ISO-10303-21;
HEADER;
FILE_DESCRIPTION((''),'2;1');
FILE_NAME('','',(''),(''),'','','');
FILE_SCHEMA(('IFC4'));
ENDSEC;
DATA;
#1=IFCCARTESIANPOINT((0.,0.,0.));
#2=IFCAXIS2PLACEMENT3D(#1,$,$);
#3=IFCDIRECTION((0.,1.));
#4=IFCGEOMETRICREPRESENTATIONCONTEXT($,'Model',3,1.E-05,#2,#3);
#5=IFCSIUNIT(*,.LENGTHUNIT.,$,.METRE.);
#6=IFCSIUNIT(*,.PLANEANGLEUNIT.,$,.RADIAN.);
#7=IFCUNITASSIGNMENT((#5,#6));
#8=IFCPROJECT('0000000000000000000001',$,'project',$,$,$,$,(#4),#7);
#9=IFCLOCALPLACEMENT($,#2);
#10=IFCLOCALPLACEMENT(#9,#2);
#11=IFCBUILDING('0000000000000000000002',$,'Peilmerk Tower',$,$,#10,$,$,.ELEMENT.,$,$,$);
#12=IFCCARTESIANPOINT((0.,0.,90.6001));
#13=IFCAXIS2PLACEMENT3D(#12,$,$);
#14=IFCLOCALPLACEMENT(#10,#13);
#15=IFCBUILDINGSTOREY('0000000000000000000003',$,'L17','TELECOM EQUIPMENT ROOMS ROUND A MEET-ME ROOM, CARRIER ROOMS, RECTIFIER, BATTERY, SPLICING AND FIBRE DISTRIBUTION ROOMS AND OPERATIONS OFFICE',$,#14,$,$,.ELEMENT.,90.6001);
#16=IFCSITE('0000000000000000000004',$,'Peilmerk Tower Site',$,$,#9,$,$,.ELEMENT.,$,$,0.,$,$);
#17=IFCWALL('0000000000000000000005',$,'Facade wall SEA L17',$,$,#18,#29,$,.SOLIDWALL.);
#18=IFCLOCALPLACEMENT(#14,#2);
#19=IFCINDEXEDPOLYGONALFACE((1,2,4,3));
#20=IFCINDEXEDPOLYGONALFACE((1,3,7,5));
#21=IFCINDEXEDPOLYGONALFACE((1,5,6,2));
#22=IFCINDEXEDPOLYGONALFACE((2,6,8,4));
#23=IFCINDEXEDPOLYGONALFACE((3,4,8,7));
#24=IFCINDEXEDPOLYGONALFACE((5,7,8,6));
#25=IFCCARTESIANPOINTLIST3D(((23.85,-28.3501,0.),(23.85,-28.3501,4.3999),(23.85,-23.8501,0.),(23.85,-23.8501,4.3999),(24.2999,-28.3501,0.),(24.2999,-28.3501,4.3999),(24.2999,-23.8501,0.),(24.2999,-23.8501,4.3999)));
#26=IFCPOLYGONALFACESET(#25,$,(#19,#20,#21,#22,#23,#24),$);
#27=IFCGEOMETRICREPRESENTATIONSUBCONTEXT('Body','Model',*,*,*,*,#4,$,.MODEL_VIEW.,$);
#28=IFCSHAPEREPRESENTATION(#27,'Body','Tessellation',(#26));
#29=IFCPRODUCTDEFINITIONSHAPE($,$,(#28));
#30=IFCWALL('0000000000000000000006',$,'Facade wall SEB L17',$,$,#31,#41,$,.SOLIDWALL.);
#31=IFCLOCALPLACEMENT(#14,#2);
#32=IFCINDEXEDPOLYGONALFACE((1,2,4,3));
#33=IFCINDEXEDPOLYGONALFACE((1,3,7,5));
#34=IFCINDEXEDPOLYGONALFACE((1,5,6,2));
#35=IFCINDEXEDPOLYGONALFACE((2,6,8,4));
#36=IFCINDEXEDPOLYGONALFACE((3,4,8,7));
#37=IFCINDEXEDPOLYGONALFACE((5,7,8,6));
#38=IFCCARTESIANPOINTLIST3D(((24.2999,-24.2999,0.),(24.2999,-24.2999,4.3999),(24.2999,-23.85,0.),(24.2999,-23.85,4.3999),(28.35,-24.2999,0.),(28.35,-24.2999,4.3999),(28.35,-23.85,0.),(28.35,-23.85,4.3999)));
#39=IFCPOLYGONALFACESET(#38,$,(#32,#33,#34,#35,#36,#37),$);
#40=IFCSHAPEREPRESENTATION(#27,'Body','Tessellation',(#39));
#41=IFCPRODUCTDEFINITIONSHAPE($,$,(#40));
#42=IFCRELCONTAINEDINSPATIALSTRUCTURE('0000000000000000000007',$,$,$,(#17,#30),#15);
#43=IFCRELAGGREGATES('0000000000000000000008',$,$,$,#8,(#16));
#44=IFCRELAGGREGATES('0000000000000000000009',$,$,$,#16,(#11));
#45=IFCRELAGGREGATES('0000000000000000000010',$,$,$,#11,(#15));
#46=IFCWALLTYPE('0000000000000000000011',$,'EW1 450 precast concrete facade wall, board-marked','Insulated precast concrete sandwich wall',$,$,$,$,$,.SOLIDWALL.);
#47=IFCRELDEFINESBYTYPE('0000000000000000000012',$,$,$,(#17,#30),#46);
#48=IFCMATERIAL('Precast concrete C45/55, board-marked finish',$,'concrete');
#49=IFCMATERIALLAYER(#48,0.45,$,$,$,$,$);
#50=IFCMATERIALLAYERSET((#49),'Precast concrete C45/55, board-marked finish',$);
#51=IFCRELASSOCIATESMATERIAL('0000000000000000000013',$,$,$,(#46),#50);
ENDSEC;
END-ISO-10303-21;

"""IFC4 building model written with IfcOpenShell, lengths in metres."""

from ifc_helpers import new_model, si_unit, direction, frame, frame_2d, origin, place, context, subcontext, project, spatial, rectangle, extrude, material, layer, layer_set, type_object, element, save


model = new_model("IFC4")

# Units and contexts
model_context = context("Model", 3, precision=1e-05, world=origin(), true_north=direction((0.0, 1.0)))
body_context = subcontext(model_context, "Body", "Model", "MODEL_VIEW")
ifc_project = project(units=[si_unit("LENGTHUNIT", "METRE"), si_unit("PLANEANGLEUNIT", "RADIAN")], contexts=[model_context])

# Site, building, storey
site_placement = place(None, origin())
site = spatial("IfcSite", under=ifc_project, at=site_placement, Name="Peilmerk Tower Site", CompositionType="ELEMENT", RefElevation=0.0)
building_placement = place(site_placement, origin())
building = spatial("IfcBuilding", under=site, at=building_placement, Name="Peilmerk Tower", CompositionType="ELEMENT")
storey_placement = place(building_placement, frame((0.0, 0.0, 90.6001)))
storey = spatial("IfcBuildingStorey", under=building, at=storey_placement, Name="L17", Description="TELECOM EQUIPMENT ROOMS ROUND A MEET-ME ROOM, CARRIER ROOMS, RECTIFIER, BATTERY, SPLICING AND FIBRE DISTRIBUTION ROOMS AND OPERATIONS OFFICE", CompositionType="ELEMENT", Elevation=90.6001)

# Shared definitions
ifc_material_1 = material(Name="Precast concrete C45/55, board-marked finish", Category="concrete")
ifc_layer = layer(ifc_material_1, 0.45)
ifc_layer_set = layer_set([ifc_layer], Name="Precast concrete C45/55, board-marked finish")
wall_type = type_object("IfcWallType", Name="EW1 450 precast concrete facade wall, board-marked", Description="Insulated precast concrete sandwich wall", PredefinedType="SOLIDWALL", material=ifc_layer_set)

# Walls
wall_1_placement = place(storey_placement, frame((24.075, -23.8501, 0.0), z_axis=(0.0, 0.0, 1.0), x_axis=(0.0, -1.0, 0.0)))
element("IfcWall", 1, at=wall_1_placement, inside=storey, type_object=wall_type, Name="Facade wall SEA L17", PredefinedType="SOLIDWALL", context=body_context, shape_type="SweptSolid", body=[
    extrude(rectangle(XDim=4.5, YDim=0.45, at=frame_2d((2.25, 0.0))), origin(), (0.0, 0.0, 1.0), 4.3999),
])
wall_2_placement = place(storey_placement, frame((24.3, -24.075, 0.0), z_axis=(0.0, 0.0, 1.0), x_axis=(1.0, 0.0, 0.0)))
element("IfcWall", 2, at=wall_2_placement, inside=storey, type_object=wall_type, Name="Facade wall SEB L17", PredefinedType="SOLIDWALL", context=body_context, shape_type="SweptSolid", body=[
    extrude(rectangle(XDim=4.05, YDim=0.45, at=frame_2d((2.0249, 0.0))), origin(), (0.0, 0.0, 1.0), 4.3999),
])

save(model, "model.ifc")
